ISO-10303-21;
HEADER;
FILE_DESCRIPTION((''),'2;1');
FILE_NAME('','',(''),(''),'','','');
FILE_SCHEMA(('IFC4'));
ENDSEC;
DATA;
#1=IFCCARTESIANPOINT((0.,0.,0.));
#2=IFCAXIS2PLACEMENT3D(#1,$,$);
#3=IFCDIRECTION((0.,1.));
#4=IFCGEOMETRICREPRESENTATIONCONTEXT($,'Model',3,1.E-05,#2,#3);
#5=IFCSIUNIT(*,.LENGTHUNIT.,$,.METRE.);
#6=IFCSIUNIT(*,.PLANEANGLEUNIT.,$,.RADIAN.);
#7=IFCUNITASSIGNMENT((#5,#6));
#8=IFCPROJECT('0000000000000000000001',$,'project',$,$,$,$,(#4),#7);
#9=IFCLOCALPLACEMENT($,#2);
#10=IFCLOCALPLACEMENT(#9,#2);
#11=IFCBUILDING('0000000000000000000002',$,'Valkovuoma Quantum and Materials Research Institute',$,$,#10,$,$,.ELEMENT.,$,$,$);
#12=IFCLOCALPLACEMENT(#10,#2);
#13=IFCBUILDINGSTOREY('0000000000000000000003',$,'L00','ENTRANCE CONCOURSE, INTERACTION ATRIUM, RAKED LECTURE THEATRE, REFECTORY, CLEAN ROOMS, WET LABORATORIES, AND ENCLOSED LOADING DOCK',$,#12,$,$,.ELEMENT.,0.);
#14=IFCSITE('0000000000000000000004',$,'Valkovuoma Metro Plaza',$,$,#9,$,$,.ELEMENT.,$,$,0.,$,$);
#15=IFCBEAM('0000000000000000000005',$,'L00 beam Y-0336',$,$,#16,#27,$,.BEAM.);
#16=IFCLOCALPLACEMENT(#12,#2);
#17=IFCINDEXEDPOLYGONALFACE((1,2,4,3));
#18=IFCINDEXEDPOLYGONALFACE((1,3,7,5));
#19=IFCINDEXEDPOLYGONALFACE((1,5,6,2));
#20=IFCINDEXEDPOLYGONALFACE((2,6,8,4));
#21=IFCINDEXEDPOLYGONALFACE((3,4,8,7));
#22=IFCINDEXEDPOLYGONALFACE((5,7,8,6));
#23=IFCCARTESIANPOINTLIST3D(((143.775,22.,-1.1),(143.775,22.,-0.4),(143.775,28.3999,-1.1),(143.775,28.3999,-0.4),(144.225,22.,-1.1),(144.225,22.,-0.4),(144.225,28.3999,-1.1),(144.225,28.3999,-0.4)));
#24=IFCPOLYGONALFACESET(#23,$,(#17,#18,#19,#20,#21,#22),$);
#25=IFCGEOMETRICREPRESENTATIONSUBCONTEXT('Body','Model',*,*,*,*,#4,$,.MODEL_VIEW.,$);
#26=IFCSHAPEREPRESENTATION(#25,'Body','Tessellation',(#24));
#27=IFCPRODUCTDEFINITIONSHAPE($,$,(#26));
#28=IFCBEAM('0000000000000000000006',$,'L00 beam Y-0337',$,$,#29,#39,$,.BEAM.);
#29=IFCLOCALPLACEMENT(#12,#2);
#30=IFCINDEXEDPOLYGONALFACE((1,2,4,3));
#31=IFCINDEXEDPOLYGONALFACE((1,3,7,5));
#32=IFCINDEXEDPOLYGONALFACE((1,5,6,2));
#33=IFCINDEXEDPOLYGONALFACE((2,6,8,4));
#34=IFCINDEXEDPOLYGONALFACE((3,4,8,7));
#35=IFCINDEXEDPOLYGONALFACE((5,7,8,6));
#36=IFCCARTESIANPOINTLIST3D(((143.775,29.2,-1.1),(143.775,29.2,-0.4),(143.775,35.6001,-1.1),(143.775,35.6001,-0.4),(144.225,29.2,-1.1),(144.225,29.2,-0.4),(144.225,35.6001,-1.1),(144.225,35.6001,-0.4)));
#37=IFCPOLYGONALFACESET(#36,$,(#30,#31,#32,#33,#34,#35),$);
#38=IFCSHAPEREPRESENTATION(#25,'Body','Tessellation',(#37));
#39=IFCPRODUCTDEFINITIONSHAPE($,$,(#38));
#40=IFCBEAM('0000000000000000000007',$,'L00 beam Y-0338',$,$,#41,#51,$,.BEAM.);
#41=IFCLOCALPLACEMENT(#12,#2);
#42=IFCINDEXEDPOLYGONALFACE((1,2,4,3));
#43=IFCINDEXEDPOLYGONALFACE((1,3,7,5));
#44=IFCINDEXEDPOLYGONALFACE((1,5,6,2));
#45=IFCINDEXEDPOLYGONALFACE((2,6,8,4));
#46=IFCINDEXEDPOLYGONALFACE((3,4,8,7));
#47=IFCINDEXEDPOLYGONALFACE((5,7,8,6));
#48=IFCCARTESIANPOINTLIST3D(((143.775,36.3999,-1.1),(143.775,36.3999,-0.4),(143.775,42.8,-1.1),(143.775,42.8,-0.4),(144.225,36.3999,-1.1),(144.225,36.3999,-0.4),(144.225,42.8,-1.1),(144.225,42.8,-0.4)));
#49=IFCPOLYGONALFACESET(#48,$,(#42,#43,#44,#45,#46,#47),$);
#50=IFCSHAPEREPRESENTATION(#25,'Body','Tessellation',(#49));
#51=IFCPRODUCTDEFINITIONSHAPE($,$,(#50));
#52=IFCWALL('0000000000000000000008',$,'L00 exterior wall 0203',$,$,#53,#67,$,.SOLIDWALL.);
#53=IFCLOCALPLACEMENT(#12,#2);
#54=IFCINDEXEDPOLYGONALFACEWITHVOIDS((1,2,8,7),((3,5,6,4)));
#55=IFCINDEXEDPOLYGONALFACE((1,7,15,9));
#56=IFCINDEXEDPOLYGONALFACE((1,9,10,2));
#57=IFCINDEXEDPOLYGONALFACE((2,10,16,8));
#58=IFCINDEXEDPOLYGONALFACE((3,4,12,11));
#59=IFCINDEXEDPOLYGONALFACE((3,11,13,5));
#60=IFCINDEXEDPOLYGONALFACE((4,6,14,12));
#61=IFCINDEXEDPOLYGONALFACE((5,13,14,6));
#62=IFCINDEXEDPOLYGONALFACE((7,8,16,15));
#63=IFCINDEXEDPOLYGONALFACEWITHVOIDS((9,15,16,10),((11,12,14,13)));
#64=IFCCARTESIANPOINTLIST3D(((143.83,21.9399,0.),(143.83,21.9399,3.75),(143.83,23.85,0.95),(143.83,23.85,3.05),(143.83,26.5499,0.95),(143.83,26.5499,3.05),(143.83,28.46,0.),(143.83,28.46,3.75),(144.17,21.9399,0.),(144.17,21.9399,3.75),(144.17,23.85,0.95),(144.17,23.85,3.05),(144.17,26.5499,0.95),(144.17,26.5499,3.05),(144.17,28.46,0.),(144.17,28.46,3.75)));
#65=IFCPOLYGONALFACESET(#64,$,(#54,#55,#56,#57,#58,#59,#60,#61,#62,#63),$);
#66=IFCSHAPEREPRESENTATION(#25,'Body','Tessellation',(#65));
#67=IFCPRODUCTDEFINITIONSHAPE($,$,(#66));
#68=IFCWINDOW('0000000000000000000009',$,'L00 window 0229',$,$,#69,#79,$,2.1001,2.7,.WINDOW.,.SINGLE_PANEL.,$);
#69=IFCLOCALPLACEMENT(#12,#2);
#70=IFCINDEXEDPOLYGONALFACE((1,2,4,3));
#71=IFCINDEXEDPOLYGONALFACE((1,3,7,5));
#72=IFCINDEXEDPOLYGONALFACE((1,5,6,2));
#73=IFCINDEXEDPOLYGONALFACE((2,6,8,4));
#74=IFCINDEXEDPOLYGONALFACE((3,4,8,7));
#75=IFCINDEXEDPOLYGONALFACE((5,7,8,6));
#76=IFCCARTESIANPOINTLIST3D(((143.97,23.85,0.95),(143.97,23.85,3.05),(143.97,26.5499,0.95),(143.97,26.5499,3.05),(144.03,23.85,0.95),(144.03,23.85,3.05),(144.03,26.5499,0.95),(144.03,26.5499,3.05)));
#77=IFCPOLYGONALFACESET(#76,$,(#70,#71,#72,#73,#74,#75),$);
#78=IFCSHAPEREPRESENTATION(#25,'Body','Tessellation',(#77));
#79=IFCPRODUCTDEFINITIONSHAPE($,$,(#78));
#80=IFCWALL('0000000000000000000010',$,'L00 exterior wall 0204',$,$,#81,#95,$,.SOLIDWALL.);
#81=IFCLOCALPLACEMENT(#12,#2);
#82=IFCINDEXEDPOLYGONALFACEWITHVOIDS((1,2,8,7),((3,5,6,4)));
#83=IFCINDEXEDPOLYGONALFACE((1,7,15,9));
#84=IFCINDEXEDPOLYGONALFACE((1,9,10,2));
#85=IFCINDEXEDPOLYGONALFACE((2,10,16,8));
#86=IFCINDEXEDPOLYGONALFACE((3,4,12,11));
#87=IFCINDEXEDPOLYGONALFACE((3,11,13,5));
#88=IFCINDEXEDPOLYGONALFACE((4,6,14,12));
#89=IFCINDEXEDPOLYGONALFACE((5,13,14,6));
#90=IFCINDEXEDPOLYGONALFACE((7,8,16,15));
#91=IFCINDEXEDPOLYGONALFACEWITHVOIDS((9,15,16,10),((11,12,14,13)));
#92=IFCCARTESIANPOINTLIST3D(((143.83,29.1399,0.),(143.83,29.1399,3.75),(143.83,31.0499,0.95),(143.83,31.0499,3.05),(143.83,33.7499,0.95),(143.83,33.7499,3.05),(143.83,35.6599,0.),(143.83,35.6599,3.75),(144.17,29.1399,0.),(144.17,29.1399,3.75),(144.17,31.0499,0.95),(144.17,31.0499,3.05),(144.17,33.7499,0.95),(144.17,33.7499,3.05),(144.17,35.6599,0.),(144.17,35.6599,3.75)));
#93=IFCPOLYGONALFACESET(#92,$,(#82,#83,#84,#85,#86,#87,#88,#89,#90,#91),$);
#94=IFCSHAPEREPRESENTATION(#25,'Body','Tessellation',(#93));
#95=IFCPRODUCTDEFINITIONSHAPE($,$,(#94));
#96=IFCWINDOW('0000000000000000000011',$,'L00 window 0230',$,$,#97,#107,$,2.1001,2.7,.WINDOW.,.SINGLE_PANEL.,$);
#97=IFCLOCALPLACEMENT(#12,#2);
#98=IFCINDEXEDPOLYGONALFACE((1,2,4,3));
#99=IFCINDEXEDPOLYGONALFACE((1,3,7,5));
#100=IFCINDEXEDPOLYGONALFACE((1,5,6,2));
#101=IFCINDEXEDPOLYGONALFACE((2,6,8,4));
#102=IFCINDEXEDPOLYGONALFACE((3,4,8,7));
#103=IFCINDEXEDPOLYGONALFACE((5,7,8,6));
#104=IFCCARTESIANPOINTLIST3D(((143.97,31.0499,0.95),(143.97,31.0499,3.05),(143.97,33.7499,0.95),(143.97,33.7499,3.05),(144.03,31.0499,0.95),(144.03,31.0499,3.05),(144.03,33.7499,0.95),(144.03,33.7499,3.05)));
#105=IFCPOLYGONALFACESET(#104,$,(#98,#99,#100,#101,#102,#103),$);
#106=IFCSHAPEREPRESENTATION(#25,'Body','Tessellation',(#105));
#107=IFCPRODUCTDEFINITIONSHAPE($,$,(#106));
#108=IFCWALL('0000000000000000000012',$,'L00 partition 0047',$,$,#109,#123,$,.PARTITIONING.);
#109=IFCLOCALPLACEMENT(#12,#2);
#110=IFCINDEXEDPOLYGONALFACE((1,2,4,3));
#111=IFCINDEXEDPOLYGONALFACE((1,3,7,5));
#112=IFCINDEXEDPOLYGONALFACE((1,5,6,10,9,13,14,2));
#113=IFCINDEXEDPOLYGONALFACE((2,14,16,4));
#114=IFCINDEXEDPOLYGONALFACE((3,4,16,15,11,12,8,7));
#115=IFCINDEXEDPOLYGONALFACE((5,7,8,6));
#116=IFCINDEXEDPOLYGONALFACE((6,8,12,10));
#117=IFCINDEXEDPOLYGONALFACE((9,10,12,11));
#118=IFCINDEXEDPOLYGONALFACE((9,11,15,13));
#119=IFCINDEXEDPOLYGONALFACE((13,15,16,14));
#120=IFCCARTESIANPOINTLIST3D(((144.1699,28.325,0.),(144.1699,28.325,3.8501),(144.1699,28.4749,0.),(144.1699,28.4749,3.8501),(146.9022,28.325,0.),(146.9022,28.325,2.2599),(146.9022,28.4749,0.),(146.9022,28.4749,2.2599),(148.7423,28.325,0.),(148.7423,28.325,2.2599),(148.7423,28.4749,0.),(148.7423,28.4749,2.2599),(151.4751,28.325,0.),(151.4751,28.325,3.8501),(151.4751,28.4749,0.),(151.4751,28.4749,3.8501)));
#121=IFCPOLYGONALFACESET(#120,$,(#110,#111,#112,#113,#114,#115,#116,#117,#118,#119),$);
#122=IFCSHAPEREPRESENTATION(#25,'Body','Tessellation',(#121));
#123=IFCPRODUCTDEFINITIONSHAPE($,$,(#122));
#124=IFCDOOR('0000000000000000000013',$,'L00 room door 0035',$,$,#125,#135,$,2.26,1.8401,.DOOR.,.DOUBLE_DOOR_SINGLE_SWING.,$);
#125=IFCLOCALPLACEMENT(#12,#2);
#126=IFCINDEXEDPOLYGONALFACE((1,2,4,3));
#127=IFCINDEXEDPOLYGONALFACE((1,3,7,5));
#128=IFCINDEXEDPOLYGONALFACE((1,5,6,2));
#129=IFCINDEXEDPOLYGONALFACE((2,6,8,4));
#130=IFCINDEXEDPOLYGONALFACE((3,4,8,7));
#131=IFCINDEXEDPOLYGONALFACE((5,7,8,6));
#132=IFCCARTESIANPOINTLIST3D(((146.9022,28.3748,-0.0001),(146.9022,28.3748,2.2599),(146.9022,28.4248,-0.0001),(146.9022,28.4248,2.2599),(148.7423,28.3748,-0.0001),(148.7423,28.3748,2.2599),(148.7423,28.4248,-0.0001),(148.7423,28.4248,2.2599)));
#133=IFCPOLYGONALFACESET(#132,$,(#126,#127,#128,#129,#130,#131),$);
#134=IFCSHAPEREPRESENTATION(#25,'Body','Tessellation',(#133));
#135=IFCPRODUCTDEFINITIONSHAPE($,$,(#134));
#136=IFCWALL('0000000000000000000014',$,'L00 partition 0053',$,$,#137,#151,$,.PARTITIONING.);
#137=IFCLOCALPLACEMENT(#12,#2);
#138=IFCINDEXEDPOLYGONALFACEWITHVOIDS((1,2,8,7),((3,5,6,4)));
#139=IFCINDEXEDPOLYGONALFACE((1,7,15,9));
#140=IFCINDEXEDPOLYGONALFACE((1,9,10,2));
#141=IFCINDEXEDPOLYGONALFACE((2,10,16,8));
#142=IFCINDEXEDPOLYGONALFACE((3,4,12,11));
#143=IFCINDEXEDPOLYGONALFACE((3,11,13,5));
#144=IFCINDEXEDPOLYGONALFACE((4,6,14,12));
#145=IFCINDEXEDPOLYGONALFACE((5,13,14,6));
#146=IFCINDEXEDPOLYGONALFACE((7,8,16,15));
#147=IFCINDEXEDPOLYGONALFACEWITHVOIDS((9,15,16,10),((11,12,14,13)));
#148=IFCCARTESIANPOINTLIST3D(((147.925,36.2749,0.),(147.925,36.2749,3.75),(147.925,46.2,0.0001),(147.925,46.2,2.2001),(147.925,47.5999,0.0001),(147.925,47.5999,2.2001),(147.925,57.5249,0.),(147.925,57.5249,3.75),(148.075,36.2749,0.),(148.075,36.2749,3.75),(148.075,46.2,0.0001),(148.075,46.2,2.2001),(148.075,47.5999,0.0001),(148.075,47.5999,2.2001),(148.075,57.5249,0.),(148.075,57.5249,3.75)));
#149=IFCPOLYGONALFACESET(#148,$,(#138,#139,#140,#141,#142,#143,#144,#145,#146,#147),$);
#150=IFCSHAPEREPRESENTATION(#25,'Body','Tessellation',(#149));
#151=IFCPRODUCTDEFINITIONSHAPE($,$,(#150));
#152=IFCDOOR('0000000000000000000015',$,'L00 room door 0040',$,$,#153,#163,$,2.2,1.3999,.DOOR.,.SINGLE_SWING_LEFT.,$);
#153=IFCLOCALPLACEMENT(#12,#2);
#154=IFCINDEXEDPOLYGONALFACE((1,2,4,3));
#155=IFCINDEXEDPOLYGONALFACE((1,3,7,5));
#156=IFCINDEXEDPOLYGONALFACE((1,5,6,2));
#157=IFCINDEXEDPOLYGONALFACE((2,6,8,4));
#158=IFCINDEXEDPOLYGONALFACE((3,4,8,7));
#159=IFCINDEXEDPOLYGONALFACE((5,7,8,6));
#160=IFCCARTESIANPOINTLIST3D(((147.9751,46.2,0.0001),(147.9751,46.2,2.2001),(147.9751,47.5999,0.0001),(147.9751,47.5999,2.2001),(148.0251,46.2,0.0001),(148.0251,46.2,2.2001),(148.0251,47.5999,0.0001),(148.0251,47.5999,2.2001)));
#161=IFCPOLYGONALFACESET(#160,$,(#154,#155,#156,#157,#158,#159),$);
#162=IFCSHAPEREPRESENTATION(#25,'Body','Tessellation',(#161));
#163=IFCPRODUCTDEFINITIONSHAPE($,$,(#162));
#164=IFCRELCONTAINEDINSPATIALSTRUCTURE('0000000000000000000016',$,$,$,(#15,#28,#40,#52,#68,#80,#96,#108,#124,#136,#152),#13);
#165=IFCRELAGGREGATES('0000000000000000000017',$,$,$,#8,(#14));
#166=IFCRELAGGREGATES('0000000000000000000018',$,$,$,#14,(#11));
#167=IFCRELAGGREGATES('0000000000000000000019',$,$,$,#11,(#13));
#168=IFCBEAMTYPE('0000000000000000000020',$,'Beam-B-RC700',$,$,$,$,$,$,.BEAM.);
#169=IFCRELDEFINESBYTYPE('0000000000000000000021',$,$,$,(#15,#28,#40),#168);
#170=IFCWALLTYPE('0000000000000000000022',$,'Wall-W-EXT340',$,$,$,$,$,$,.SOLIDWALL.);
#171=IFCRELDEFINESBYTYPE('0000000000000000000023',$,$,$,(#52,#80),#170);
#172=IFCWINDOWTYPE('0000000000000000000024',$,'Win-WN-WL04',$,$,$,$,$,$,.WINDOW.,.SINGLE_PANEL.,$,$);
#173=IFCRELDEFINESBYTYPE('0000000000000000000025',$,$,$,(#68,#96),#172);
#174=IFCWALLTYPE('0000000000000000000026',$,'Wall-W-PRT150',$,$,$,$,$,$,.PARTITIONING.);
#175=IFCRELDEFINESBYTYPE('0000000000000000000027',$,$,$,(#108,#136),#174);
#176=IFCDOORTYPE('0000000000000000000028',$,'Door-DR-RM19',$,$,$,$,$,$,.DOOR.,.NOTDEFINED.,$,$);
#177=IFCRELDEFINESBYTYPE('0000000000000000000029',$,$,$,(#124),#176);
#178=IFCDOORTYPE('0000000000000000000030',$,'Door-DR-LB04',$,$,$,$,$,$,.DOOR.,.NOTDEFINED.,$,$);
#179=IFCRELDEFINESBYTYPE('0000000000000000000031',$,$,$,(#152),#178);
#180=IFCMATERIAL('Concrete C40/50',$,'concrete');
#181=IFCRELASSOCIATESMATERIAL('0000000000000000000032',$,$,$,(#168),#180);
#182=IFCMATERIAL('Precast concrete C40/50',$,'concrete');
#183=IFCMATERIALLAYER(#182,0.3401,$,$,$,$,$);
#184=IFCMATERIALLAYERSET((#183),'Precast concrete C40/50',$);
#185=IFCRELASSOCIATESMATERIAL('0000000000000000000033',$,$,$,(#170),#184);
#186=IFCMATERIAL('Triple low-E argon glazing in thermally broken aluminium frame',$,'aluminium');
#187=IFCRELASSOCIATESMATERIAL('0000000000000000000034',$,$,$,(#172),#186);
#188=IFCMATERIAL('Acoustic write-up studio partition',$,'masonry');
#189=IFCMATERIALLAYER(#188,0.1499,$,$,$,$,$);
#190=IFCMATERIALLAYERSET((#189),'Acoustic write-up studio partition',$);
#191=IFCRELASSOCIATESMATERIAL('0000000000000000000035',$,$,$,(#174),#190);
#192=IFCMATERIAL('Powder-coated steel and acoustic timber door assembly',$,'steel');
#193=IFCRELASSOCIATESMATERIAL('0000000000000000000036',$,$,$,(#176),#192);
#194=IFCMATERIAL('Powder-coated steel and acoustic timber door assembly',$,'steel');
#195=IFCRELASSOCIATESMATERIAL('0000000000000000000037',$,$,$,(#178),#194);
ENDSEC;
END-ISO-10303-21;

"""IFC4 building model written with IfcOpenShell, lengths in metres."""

from ifc_helpers import new_model, si_unit, direction, frame, frame_2d, origin, origin_2d, place, context, subcontext, project, spatial, rectangle, extrude, material, layer, layer_set, material_profile, profile_set, type_object, element, fill, save


model = new_model("IFC4")

# Units and contexts
model_context = context("Model", 3, precision=1e-05, world=origin(), true_north=direction((0.0, 1.0)))
body_context = subcontext(model_context, "Body", "Model", "MODEL_VIEW")
ifc_project = project(units=[si_unit("LENGTHUNIT", "METRE"), si_unit("PLANEANGLEUNIT", "RADIAN")], contexts=[model_context])

# Site, building, storey
site_placement = place(None, origin())
site = spatial("IfcSite", under=ifc_project, at=site_placement, Name="Valkovuoma Metro Plaza", CompositionType="ELEMENT", RefElevation=0.0)
building_placement = place(site_placement, origin())
building = spatial("IfcBuilding", under=site, at=building_placement, Name="Valkovuoma Quantum and Materials Research Institute", CompositionType="ELEMENT")
storey_placement = place(building_placement, origin())
storey = spatial("IfcBuildingStorey", under=building, at=storey_placement, Name="L00", Description="ENTRANCE CONCOURSE, INTERACTION ATRIUM, RAKED LECTURE THEATRE, REFECTORY, CLEAN ROOMS, WET LABORATORIES, AND ENCLOSED LOADING DOCK", CompositionType="ELEMENT", Elevation=0.0)

# Beams
ifc_material_1 = material(Name="Concrete C40/50", Category="concrete")
ifc_material_profile_1 = material_profile(ifc_material_1, rectangle(XDim=0.45, YDim=0.7, at=origin_2d()), Name="Concrete C40/50")
ifc_profile_set_1 = profile_set([ifc_material_profile_1], Name="Concrete C40/50")
beam_type_1 = type_object("IfcBeamType", Name="Beam-B-RC700", PredefinedType="BEAM", material=ifc_profile_set_1)
beam_placement = place(storey_placement, frame((144.0, 22.0, -0.75), z_axis=(0.0, 1.0, 0.0), x_axis=(-1.0, 0.0, 0.0)))
element("IfcBeam", 1, at=beam_placement, inside=storey, type_object=beam_type_1, Name="L00 beam Y-0336", PredefinedType="BEAM", context=body_context, shape_type="SweptSolid", body=[
    extrude(rectangle(XDim=0.45, YDim=0.7, at=origin_2d()), origin(), (0.0, 0.0, 1.0), 6.3999),
])
for number, where, z_axis, x_axis, name in (
    (2, (144.0, 29.2, -0.75), (0.0, 1.0, 0.0), (-1.0, 0.0, 0.0), "L00 beam Y-0337"),
    (3, (144.0, 36.3999, -0.75), (0.0, 1.0, 0.0), (-1.0, 0.0, 0.0), "L00 beam Y-0338"),
):
    element("IfcBeam", number, at=place(storey_placement, frame(where, z_axis=z_axis, x_axis=x_axis)), inside=storey, type_object=beam_type_1, Name=name, PredefinedType="BEAM", context=body_context, shape_type="SweptSolid", body=[
        extrude(rectangle(XDim=0.45, YDim=0.7, at=origin_2d()), origin(), (0.0, 0.0, 1.0), 6.4001),
    ])

# Walls, openings, windows
ifc_material_2 = material(Name="Precast concrete C40/50", Category="concrete")
ifc_layer_1 = layer(ifc_material_2, 0.3401)
ifc_layer_set_1 = layer_set([ifc_layer_1], Name="Precast concrete C40/50")
wall_type_1 = type_object("IfcWallType", Name="Wall-W-EXT340", PredefinedType="SOLIDWALL", material=ifc_layer_set_1)
wall_1_placement = place(storey_placement, frame((144.0, 21.9399, 0.0), z_axis=(0.0, 0.0, 1.0), x_axis=(0.0, 1.0, 0.0)))
wall_1 = element("IfcWall", 4, at=wall_1_placement, inside=storey, type_object=wall_type_1, Name="L00 exterior wall 0203", PredefinedType="SOLIDWALL", context=body_context, shape_type="SweptSolid", body=[
    extrude(rectangle(XDim=6.52, YDim=0.3401, at=frame_2d((3.26, 0.0))), origin(), (0.0, 0.0, 1.0), 3.75),
])
opening_1_placement = place(wall_1_placement, frame((1.9099, 0.0, 0.95)))
opening_1 = element("IfcOpeningElement", 5, at=opening_1_placement, cuts=wall_1, PredefinedType="OPENING", context=body_context, shape_type="SweptSolid", body=[
    extrude(rectangle(XDim=2.7, YDim=2.1001, at=frame_2d((1.3501, 1.05))), frame((0.0, 0.1802, 0.0), z_axis=(0.0, -1.0, 0.0), x_axis=(1.0, 0.0, 0.0)), (0.0, 0.0, 1.0), 0.3601),
])
ifc_material_3 = material(Name="Triple low-E argon glazing in thermally broken aluminium frame", Category="aluminium")
window_type = type_object("IfcWindowType", Name="Win-WN-WL04", PartitioningType="SINGLE_PANEL", PredefinedType="WINDOW", material=ifc_material_3)
window_1_placement = place(opening_1_placement, origin())
window_1 = element("IfcWindow", 6, at=window_1_placement, inside=storey, type_object=window_type, Name="L00 window 0229", OverallHeight=2.1001, OverallWidth=2.7, PartitioningType="SINGLE_PANEL", PredefinedType="WINDOW", context=body_context, shape_type="SweptSolid", body=[
    extrude(rectangle(XDim=2.7, YDim=2.1001, at=frame_2d((1.3501, 1.05))), frame((0.0, 0.03, 0.0), z_axis=(0.0, -1.0, 0.0), x_axis=(1.0, 0.0, 0.0)), (0.0, 0.0, 1.0), 0.0601),
])
fill(opening_1, window_1)
wall_2_placement = place(storey_placement, frame((144.0, 29.1399, 0.0), z_axis=(0.0, 0.0, 1.0), x_axis=(0.0, 1.0, 0.0)))
wall_2 = element("IfcWall", 7, at=wall_2_placement, inside=storey, type_object=wall_type_1, Name="L00 exterior wall 0204", PredefinedType="SOLIDWALL", context=body_context, shape_type="SweptSolid", body=[
    extrude(rectangle(XDim=6.52, YDim=0.3401, at=frame_2d((3.26, 0.0))), origin(), (0.0, 0.0, 1.0), 3.75),
])
opening_2_placement = place(wall_2_placement, frame((1.9099, 0.0, 0.95)))
opening_2 = element("IfcOpeningElement", 8, at=opening_2_placement, cuts=wall_2, PredefinedType="OPENING", context=body_context, shape_type="SweptSolid", body=[
    extrude(rectangle(XDim=2.7, YDim=2.1001, at=frame_2d((1.3501, 1.05))), frame((0.0, 0.1802, 0.0), z_axis=(0.0, -1.0, 0.0), x_axis=(1.0, 0.0, 0.0)), (0.0, 0.0, 1.0), 0.3601),
])
window_2_placement = place(opening_2_placement, origin())
window_2 = element("IfcWindow", 9, at=window_2_placement, inside=storey, type_object=window_type, Name="L00 window 0230", OverallHeight=2.1001, OverallWidth=2.7, PartitioningType="SINGLE_PANEL", PredefinedType="WINDOW", context=body_context, shape_type="SweptSolid", body=[
    extrude(rectangle(XDim=2.7, YDim=2.1001, at=frame_2d((1.3501, 1.05))), frame((0.0, 0.03, 0.0), z_axis=(0.0, -1.0, 0.0), x_axis=(1.0, 0.0, 0.0)), (0.0, 0.0, 1.0), 0.0601),
])
fill(opening_2, window_2)

# Walls, openings, doors
ifc_material_4 = material(Name="Acoustic write-up studio partition", Category="masonry")
ifc_layer_2 = layer(ifc_material_4, 0.1499)
ifc_layer_set_2 = layer_set([ifc_layer_2], Name="Acoustic write-up studio partition")
wall_type_2 = type_object("IfcWallType", Name="Wall-W-PRT150", PredefinedType="PARTITIONING", material=ifc_layer_set_2)
wall_3_placement = place(storey_placement, frame((144.1699, 28.3999, 0.0), z_axis=(0.0, 0.0, 1.0), x_axis=(1.0, 0.0, 0.0)))
wall_3 = element("IfcWall", 10, at=wall_3_placement, inside=storey, type_object=wall_type_2, Name="L00 partition 0047", PredefinedType="PARTITIONING", context=body_context, shape_type="SweptSolid", body=[
    extrude(rectangle(XDim=7.3052, YDim=0.1499, at=frame_2d((3.6526, 0.0))), origin(), (0.0, 0.0, 1.0), 3.8501),
])
opening_3_placement = place(wall_3_placement, frame((2.7324, 0.0, 0.0)))
opening_3 = element("IfcOpeningElement", 11, at=opening_3_placement, cuts=wall_3, PredefinedType="OPENING", context=body_context, shape_type="SweptSolid", body=[
    extrude(rectangle(XDim=1.8401, YDim=2.26, at=frame_2d((0.9199, 1.1299))), frame((0.0, 0.085, 0.0), z_axis=(0.0, -1.0, 0.0), x_axis=(1.0, 0.0, 0.0)), (0.0, 0.0, 1.0), 0.1699),
])
ifc_material_5 = material(Name="Powder-coated steel and acoustic timber door assembly", Category="steel")
door_type_1 = type_object("IfcDoorType", Name="Door-DR-RM19", OperationType="NOTDEFINED", PredefinedType="DOOR", material=ifc_material_5)
door_1_placement = place(opening_3_placement, origin())
door_1 = element("IfcDoor", 12, at=door_1_placement, inside=storey, type_object=door_type_1, Name="L00 room door 0035", OperationType="DOUBLE_DOOR_SINGLE_SWING", OverallHeight=2.26, OverallWidth=1.8401, PredefinedType="DOOR", context=body_context, shape_type="SweptSolid", body=[
    extrude(rectangle(XDim=1.8401, YDim=2.26, at=frame_2d((0.9199, 1.1299))), frame((0.0, 0.0249, 0.0), z_axis=(0.0, -1.0, 0.0), x_axis=(1.0, 0.0, 0.0)), (0.0, 0.0, 1.0), 0.05),
])
fill(opening_3, door_1)
wall_4_placement = place(storey_placement, frame((148.0, 36.2749, 0.0), z_axis=(0.0, 0.0, 1.0), x_axis=(0.0, 1.0, 0.0)))
wall_4 = element("IfcWall", 13, at=wall_4_placement, inside=storey, type_object=wall_type_2, Name="L00 partition 0053", PredefinedType="PARTITIONING", context=body_context, shape_type="SweptSolid", body=[
    extrude(rectangle(XDim=21.25, YDim=0.1499, at=frame_2d((10.625, 0.0))), origin(), (0.0, 0.0, 1.0), 3.75),
])
opening_4_placement = place(wall_4_placement, frame((9.925, 0.0, 0.0)))
opening_4 = element("IfcOpeningElement", 14, at=opening_4_placement, cuts=wall_4, PredefinedType="OPENING", context=body_context, shape_type="SweptSolid", body=[
    extrude(rectangle(XDim=1.3999, YDim=2.2, at=frame_2d((0.7, 1.1001))), frame((0.0, 0.085, 0.0), z_axis=(0.0, -1.0, 0.0), x_axis=(1.0, 0.0, 0.0)), (0.0, 0.0, 1.0), 0.1699),
])
ifc_material_6 = material(Name="Powder-coated steel and acoustic timber door assembly", Category="steel")
door_type_2 = type_object("IfcDoorType", Name="Door-DR-LB04", OperationType="NOTDEFINED", PredefinedType="DOOR", material=ifc_material_6)
door_2_placement = place(opening_4_placement, origin())
door_2 = element("IfcDoor", 15, at=door_2_placement, inside=storey, type_object=door_type_2, Name="L00 room door 0040", OperationType="SINGLE_SWING_LEFT", OverallHeight=2.2, OverallWidth=1.3999, PredefinedType="DOOR", context=body_context, shape_type="SweptSolid", body=[
    extrude(rectangle(XDim=1.3999, YDim=2.2, at=frame_2d((0.7, 1.1001))), frame((0.0, 0.0249, 0.0), z_axis=(0.0, -1.0, 0.0), x_axis=(1.0, 0.0, 0.0)), (0.0, 0.0, 1.0), 0.05),
])
fill(opening_4, door_2)

save(model, "model.ifc")
